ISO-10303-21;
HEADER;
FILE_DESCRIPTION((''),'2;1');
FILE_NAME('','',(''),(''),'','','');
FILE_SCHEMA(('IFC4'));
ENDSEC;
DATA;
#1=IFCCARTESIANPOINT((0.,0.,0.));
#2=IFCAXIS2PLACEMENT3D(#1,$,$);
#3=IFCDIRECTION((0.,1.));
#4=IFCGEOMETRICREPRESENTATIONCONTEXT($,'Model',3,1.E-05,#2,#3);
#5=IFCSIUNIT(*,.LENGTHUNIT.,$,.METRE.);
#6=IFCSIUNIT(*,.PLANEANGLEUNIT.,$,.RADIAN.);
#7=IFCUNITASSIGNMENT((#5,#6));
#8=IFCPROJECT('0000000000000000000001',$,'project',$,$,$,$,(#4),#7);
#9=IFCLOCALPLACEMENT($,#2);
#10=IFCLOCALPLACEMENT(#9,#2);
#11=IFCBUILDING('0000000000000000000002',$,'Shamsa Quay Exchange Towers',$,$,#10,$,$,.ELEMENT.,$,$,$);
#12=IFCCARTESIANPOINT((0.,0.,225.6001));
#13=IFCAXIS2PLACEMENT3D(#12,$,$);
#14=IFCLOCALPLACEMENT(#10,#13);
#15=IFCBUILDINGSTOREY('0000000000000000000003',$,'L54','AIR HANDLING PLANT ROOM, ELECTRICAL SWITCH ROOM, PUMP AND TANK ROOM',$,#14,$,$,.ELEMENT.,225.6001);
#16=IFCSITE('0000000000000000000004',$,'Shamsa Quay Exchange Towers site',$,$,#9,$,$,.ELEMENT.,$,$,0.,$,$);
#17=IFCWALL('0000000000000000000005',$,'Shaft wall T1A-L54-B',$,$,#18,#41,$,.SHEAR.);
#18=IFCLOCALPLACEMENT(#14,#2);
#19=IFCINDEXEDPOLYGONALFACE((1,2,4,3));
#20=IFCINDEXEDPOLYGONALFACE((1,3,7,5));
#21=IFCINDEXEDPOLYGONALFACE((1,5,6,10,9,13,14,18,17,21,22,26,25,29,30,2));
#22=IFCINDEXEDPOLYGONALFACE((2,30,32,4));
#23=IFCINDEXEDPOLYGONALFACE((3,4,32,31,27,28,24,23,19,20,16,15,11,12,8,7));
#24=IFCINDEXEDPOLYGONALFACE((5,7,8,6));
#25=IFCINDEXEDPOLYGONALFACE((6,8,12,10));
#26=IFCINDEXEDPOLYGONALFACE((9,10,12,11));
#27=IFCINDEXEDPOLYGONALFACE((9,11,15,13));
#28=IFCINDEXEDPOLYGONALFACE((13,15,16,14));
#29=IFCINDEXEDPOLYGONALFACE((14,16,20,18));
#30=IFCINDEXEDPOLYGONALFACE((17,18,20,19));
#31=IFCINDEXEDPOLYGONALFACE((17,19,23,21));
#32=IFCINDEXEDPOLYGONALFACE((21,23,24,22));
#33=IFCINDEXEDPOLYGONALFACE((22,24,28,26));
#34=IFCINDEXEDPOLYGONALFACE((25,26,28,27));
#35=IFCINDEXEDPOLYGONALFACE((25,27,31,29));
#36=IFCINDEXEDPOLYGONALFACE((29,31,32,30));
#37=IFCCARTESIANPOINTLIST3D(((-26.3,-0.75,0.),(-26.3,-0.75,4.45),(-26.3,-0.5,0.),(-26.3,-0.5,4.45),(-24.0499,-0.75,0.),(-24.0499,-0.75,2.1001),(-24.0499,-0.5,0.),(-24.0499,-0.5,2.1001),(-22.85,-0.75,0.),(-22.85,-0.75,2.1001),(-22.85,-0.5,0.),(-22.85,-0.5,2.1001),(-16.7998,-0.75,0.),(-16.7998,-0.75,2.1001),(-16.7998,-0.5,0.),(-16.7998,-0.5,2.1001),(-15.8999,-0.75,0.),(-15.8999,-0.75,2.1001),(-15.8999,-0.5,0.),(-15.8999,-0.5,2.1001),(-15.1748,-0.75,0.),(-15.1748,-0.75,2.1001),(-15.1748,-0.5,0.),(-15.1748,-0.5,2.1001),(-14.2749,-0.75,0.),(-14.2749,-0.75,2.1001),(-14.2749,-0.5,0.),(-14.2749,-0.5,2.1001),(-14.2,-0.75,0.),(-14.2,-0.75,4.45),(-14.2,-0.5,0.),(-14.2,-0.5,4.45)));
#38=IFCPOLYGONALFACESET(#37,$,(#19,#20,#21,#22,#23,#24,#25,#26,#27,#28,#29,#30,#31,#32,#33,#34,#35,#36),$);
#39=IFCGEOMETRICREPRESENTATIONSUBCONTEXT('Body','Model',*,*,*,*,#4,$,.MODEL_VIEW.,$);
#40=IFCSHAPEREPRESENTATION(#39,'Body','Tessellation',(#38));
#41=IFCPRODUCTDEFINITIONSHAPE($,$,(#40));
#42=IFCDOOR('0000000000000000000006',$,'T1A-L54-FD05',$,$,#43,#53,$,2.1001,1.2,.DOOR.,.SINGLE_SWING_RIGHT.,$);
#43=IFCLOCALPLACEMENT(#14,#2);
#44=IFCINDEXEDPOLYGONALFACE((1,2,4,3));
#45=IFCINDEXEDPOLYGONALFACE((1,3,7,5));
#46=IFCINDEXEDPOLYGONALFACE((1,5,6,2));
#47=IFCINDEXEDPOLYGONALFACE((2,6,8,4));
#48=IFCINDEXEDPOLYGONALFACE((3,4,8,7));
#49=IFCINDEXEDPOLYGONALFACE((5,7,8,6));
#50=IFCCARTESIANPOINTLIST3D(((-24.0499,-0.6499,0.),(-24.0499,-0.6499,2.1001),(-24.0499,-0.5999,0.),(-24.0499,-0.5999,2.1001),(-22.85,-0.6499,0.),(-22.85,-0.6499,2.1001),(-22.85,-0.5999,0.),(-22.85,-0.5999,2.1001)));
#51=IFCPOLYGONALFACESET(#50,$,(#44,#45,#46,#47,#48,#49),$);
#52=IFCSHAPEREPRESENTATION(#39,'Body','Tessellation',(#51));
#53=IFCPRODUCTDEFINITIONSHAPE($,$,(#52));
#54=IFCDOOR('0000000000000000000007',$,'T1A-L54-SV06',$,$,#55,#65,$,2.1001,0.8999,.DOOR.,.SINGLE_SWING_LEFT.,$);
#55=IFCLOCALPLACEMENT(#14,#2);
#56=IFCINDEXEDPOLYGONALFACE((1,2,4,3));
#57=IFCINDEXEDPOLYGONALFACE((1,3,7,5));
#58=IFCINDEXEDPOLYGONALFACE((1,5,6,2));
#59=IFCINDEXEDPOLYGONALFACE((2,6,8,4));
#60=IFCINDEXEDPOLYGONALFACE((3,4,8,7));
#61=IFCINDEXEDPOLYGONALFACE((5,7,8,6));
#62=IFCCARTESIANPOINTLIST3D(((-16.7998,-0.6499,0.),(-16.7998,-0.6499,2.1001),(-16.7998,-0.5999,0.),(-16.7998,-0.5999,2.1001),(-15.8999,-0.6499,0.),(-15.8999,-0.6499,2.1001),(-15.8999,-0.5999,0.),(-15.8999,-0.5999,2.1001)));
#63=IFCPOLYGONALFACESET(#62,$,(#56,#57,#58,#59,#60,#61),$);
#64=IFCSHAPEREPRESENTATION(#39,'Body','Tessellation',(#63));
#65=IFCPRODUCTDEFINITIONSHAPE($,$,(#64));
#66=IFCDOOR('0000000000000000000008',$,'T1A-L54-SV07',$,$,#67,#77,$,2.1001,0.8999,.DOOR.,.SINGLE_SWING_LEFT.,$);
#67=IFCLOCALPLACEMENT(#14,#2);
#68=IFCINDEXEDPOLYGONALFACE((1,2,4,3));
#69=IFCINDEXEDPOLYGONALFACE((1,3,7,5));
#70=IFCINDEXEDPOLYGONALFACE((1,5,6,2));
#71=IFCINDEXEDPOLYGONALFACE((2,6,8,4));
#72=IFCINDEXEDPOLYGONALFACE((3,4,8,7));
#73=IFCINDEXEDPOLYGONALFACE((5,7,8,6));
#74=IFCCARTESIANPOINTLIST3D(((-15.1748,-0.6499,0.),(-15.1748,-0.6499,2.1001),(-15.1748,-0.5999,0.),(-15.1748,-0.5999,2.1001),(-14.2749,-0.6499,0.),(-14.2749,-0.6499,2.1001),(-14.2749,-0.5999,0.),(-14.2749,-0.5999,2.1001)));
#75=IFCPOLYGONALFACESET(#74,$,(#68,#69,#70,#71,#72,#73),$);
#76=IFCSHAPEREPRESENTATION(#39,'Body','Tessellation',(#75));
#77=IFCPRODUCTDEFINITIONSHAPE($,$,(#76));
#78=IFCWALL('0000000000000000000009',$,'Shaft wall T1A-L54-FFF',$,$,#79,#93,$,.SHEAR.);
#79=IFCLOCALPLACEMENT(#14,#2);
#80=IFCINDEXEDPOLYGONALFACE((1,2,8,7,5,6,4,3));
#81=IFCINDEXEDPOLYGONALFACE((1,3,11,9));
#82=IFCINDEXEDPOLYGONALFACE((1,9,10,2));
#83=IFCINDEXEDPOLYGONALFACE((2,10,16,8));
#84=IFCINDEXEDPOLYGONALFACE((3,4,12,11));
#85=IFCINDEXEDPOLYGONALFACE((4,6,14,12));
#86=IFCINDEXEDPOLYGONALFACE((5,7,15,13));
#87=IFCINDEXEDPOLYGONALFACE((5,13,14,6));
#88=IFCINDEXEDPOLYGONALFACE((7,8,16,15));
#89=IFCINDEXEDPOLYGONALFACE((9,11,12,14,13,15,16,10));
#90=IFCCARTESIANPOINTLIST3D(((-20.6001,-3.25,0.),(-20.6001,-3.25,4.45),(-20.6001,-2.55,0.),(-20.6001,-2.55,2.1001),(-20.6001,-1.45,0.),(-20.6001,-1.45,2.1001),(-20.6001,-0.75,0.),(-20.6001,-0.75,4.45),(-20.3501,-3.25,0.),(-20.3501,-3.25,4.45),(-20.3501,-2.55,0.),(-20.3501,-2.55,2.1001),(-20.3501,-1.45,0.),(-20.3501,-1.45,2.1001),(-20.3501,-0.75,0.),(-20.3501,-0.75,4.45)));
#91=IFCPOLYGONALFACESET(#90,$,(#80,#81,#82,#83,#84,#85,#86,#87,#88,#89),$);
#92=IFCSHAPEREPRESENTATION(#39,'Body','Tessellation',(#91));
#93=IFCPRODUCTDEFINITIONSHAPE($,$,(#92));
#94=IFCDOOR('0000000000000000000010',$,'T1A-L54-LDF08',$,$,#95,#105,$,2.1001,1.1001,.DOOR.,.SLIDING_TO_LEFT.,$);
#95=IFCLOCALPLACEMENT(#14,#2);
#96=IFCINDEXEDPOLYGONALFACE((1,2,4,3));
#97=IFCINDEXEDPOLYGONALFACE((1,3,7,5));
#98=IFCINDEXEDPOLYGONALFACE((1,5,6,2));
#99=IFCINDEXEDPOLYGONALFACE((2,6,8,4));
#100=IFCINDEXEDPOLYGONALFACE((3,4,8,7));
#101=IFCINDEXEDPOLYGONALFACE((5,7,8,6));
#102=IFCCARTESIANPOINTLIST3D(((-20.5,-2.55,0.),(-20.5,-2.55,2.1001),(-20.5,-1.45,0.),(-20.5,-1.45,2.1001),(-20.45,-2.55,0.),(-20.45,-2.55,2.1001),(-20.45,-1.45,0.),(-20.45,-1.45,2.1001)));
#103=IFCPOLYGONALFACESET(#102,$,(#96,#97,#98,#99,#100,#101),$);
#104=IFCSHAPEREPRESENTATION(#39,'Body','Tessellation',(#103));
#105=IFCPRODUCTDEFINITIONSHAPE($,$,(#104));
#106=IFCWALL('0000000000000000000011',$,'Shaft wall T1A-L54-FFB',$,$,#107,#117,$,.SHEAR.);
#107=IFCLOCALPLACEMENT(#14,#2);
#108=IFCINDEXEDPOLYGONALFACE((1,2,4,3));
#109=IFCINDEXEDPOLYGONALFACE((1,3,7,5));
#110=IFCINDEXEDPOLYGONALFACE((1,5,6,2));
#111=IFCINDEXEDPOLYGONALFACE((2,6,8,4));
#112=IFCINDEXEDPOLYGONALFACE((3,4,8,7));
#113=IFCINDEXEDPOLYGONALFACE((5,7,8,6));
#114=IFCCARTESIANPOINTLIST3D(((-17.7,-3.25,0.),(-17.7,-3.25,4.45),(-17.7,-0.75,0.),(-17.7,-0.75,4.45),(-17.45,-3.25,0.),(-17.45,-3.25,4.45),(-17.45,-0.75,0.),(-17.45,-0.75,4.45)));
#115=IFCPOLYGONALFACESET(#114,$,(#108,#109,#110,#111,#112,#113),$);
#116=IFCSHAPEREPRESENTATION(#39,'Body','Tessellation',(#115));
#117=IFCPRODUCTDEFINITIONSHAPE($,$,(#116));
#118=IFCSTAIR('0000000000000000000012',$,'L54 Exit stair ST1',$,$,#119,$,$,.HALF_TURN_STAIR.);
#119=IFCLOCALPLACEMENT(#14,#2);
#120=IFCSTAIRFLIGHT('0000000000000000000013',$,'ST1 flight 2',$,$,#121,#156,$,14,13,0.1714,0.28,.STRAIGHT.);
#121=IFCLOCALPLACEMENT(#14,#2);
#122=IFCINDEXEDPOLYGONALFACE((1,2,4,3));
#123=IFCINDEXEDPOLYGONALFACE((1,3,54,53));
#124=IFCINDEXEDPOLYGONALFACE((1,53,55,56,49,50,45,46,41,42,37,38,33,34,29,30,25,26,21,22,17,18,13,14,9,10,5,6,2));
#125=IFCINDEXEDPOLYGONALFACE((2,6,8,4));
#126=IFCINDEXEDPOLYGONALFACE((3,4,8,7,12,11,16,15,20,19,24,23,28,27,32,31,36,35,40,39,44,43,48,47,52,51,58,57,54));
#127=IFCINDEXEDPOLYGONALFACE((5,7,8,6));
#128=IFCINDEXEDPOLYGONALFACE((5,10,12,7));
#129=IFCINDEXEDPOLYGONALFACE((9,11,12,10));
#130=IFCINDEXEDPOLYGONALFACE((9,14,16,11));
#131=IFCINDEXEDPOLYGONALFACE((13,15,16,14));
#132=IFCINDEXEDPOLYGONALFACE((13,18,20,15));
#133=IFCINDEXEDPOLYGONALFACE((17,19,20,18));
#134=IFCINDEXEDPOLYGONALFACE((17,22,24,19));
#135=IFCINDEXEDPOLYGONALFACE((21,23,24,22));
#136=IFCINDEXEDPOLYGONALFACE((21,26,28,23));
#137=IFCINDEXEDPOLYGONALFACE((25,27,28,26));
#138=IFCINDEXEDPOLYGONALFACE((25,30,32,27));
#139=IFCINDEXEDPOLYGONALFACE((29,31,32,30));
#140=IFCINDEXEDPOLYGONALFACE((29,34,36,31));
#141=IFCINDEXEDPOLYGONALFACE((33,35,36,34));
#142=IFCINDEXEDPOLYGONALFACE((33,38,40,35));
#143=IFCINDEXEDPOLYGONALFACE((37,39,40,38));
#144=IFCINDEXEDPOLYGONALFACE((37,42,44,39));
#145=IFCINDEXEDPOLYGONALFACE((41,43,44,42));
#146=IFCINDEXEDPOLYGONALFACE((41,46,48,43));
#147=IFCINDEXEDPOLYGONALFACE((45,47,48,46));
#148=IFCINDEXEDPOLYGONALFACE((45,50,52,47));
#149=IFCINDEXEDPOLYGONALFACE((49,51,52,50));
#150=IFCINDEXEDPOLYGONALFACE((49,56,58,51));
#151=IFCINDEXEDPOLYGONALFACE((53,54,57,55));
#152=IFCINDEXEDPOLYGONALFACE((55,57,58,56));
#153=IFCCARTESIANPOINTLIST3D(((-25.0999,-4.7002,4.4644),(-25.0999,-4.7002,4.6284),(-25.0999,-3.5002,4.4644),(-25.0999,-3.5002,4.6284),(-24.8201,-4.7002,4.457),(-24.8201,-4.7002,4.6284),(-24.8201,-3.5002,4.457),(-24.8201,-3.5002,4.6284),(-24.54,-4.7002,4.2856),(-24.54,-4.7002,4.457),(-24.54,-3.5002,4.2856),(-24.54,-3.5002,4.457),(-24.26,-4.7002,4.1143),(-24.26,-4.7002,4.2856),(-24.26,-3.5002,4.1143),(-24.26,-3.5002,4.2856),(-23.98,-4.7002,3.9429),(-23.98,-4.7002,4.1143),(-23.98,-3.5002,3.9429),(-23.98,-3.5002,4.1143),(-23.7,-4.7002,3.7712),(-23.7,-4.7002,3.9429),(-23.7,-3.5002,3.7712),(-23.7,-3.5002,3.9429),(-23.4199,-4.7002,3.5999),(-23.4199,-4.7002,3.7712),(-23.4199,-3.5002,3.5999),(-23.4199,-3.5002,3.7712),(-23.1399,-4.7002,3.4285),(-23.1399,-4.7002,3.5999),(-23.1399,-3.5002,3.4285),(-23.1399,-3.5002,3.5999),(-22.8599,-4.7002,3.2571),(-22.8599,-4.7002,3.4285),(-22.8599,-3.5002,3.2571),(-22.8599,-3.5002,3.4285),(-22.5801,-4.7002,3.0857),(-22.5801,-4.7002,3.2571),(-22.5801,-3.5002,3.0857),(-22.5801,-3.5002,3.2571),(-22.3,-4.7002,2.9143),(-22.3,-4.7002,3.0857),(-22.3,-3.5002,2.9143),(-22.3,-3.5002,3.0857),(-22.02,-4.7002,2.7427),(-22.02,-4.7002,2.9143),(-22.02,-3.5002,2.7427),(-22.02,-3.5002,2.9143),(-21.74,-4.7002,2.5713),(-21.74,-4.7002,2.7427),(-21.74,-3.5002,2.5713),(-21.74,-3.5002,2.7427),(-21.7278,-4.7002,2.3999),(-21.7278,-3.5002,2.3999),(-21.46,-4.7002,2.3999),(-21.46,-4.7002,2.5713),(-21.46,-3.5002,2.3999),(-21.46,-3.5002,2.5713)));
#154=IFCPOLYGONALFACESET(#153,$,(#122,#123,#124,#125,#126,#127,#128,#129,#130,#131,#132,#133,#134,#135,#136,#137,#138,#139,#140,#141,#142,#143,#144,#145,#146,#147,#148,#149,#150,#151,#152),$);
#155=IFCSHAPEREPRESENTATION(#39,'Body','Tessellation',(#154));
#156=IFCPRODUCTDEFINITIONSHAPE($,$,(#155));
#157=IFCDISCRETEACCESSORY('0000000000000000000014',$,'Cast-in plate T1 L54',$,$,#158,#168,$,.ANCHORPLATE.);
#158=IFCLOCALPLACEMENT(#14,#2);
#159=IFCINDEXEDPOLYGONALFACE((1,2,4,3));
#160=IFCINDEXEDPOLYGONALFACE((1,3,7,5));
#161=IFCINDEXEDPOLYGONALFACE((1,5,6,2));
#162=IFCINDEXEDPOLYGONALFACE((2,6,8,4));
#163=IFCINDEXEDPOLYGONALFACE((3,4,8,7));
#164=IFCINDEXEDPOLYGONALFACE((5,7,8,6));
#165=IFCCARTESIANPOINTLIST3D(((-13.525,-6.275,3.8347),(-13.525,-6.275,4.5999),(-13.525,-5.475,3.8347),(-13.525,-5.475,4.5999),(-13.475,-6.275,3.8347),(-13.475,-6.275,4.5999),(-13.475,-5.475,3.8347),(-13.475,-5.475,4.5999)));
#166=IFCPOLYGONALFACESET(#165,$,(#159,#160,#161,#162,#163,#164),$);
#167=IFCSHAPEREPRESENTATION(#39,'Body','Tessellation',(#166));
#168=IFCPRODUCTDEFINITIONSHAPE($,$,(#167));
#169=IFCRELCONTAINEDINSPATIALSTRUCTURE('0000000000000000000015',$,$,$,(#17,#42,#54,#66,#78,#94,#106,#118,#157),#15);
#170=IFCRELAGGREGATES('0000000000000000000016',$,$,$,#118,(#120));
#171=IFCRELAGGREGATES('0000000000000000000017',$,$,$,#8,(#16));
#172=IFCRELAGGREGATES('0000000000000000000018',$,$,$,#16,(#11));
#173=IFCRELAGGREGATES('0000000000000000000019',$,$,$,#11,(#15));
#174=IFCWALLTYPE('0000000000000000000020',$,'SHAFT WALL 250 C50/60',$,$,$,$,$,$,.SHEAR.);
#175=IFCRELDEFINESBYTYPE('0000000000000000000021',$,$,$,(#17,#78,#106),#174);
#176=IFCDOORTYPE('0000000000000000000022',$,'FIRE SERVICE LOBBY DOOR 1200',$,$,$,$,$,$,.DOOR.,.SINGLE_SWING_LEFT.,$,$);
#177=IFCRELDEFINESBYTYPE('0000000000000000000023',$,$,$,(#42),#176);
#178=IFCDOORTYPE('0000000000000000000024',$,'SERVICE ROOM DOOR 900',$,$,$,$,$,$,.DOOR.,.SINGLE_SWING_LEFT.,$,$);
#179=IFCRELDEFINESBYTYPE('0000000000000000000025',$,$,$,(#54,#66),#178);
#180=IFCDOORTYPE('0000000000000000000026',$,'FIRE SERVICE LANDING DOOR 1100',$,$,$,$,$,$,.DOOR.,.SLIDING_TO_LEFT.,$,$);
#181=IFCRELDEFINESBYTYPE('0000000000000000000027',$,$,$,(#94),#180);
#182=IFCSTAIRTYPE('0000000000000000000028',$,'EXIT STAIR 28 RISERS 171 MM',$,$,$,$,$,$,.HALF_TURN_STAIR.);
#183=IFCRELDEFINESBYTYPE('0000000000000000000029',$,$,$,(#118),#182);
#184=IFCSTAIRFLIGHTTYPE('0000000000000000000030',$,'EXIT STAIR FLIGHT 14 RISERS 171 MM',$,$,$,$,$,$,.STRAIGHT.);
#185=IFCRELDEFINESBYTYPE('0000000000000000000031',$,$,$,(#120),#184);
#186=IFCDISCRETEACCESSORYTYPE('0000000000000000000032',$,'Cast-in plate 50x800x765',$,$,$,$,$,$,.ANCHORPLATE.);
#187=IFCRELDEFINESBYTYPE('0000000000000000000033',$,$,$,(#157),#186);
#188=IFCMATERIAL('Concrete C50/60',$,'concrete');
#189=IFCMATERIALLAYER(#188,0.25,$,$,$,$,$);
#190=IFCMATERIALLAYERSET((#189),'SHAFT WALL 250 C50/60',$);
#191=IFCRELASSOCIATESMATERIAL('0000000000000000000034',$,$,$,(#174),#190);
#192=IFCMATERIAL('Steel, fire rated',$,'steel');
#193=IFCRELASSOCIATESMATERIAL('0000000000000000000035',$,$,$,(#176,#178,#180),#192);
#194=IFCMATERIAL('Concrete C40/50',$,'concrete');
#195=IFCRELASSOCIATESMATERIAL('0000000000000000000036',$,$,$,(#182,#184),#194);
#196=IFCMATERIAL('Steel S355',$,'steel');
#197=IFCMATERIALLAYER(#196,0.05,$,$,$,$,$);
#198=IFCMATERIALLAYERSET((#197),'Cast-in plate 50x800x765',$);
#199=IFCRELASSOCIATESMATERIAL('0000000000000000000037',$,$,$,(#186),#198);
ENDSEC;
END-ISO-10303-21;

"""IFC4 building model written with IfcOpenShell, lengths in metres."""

from ifc_helpers import new_model, si_unit, direction, frame, frame_2d, origin, origin_2d, place, context, subcontext, project, spatial, polyline, rectangle, outline, extrude, material, layer, layer_set, type_object, element, fill, aggregate, save


model = new_model("IFC4")

# Units and contexts
model_context = context("Model", 3, precision=1e-05, world=origin(), true_north=direction((0.0, 1.0)))
body_context = subcontext(model_context, "Body", "Model", "MODEL_VIEW")
ifc_project = project(units=[si_unit("LENGTHUNIT", "METRE"), si_unit("PLANEANGLEUNIT", "RADIAN")], contexts=[model_context])

# Site, building, storey
site_placement = place(None, origin())
site = spatial("IfcSite", under=ifc_project, at=site_placement, Name="Shamsa Quay Exchange Towers site", CompositionType="ELEMENT", RefElevation=0.0)
building_placement = place(site_placement, origin())
building = spatial("IfcBuilding", under=site, at=building_placement, Name="Shamsa Quay Exchange Towers", CompositionType="ELEMENT")
storey_placement = place(building_placement, frame((0.0, 0.0, 225.6001)))
storey = spatial("IfcBuildingStorey", under=building, at=storey_placement, Name="L54", Description="AIR HANDLING PLANT ROOM, ELECTRICAL SWITCH ROOM, PUMP AND TANK ROOM", CompositionType="ELEMENT", Elevation=225.6001)

# Shared definitions
ifc_material_1 = material(Name="Steel S355", Category="steel")

# Shared definitions
ifc_material_2 = material(Name="Concrete C50/60", Category="concrete")
ifc_layer_1 = layer(ifc_material_2, 0.25)
ifc_layer_set_1 = layer_set([ifc_layer_1], Name="SHAFT WALL 250 C50/60")
wall_type_1 = type_object("IfcWallType", Name="SHAFT WALL 250 C50/60", PredefinedType="SHEAR", material=ifc_layer_set_1)
ifc_material_3 = material(Name="Steel, fire rated", Category="steel")

# Wall, openings, doors
wall_1_placement = place(storey_placement, frame((-14.2, -0.625, 0.0), z_axis=(0.0, 0.0, 1.0), x_axis=(-1.0, 0.0, 0.0)))
wall_1 = element("IfcWall", 1, at=wall_1_placement, inside=storey, type_object=wall_type_1, Name="Shaft wall T1A-L54-B", PredefinedType="SHEAR", context=body_context, shape_type="SweptSolid", body=[
    extrude(rectangle(XDim=12.1001, YDim=0.25, at=frame_2d((6.05, 0.0))), origin(), (0.0, 0.0, 1.0), 4.45),
])
opening_1_placement = place(wall_1_placement, frame((8.6499, 0.0, 0.0)))
opening_1 = element("IfcOpeningElement", 2, at=opening_1_placement, cuts=wall_1, PredefinedType="OPENING", context=body_context, shape_type="SweptSolid", body=[
    extrude(rectangle(XDim=1.2, YDim=2.1001, at=frame_2d((0.6001, 1.05))), frame((0.0, 0.135, 0.0), z_axis=(0.0, -1.0, 0.0), x_axis=(1.0, 0.0, 0.0)), (0.0, 0.0, 1.0), 0.27),
])
opening_2_placement = place(wall_1_placement, frame((1.7, 0.0, 0.0)))
opening_2 = element("IfcOpeningElement", 3, at=opening_2_placement, cuts=wall_1, PredefinedType="OPENING", context=body_context, shape_type="SweptSolid", body=[
    extrude(rectangle(XDim=0.8999, YDim=2.1001, at=frame_2d((0.45, 1.05))), frame((0.0, 0.135, 0.0), z_axis=(0.0, -1.0, 0.0), x_axis=(1.0, 0.0, 0.0)), (0.0, 0.0, 1.0), 0.27),
])
opening_3_placement = place(wall_1_placement, frame((0.075, 0.0, 0.0)))
opening_3 = element("IfcOpeningElement", 4, at=opening_3_placement, cuts=wall_1, PredefinedType="OPENING", context=body_context, shape_type="SweptSolid", body=[
    extrude(rectangle(XDim=0.8999, YDim=2.1001, at=frame_2d((0.45, 1.05))), frame((0.0, 0.135, 0.0), z_axis=(0.0, -1.0, 0.0), x_axis=(1.0, 0.0, 0.0)), (0.0, 0.0, 1.0), 0.27),
])
door_type_1 = type_object("IfcDoorType", Name="FIRE SERVICE LOBBY DOOR 1200", OperationType="SINGLE_SWING_LEFT", PredefinedType="DOOR", material=ifc_material_3)
door_1_placement = place(opening_1_placement, origin())
door_1 = element("IfcDoor", 5, at=door_1_placement, inside=storey, type_object=door_type_1, Name="T1A-L54-FD05", OperationType="SINGLE_SWING_RIGHT", OverallHeight=2.1001, OverallWidth=1.2, PredefinedType="DOOR", context=body_context, shape_type="SweptSolid", body=[
    extrude(rectangle(XDim=1.2, YDim=2.1001, at=frame_2d((0.6001, 1.05))), frame((0.0, 0.0249, 0.0), z_axis=(0.0, -1.0, 0.0), x_axis=(1.0, 0.0, 0.0)), (0.0, 0.0, 1.0), 0.05),
])
fill(opening_1, door_1)
door_type_2 = type_object("IfcDoorType", Name="SERVICE ROOM DOOR 900", OperationType="SINGLE_SWING_LEFT", PredefinedType="DOOR", material=ifc_material_3)
door_2_placement = place(opening_2_placement, origin())
door_2 = element("IfcDoor", 6, at=door_2_placement, inside=storey, type_object=door_type_2, Name="T1A-L54-SV06", OperationType="SINGLE_SWING_LEFT", OverallHeight=2.1001, OverallWidth=0.8999, PredefinedType="DOOR", context=body_context, shape_type="SweptSolid", body=[
    extrude(rectangle(XDim=0.8999, YDim=2.1001, at=frame_2d((0.45, 1.05))), frame((0.0, 0.0249, 0.0), z_axis=(0.0, -1.0, 0.0), x_axis=(1.0, 0.0, 0.0)), (0.0, 0.0, 1.0), 0.05),
])
fill(opening_2, door_2)
door_3_placement = place(opening_3_placement, origin())
door_3 = element("IfcDoor", 7, at=door_3_placement, inside=storey, type_object=door_type_2, Name="T1A-L54-SV07", OperationType="SINGLE_SWING_LEFT", OverallHeight=2.1001, OverallWidth=0.8999, PredefinedType="DOOR", context=body_context, shape_type="SweptSolid", body=[
    extrude(rectangle(XDim=0.8999, YDim=2.1001, at=frame_2d((0.45, 1.05))), frame((0.0, 0.0249, 0.0), z_axis=(0.0, -1.0, 0.0), x_axis=(1.0, 0.0, 0.0)), (0.0, 0.0, 1.0), 0.05),
])
fill(opening_3, door_3)

# Wall, opening, door
wall_2_placement = place(storey_placement, frame((-20.4751, -3.25, 0.0), z_axis=(0.0, 0.0, 1.0), x_axis=(0.0, 1.0, 0.0)))
wall_2 = element("IfcWall", 8, at=wall_2_placement, inside=storey, type_object=wall_type_1, Name="Shaft wall T1A-L54-FFF", PredefinedType="SHEAR", context=body_context, shape_type="SweptSolid", body=[
    extrude(rectangle(XDim=2.5, YDim=0.25, at=frame_2d((1.25, 0.0))), origin(), (0.0, 0.0, 1.0), 4.45),
])
opening_4_placement = place(wall_2_placement, frame((0.7, 0.0, 0.0)))
opening_4 = element("IfcOpeningElement", 9, at=opening_4_placement, cuts=wall_2, PredefinedType="OPENING", context=body_context, shape_type="SweptSolid", body=[
    extrude(rectangle(XDim=1.1001, YDim=2.1001, at=frame_2d((0.55, 1.05))), frame((0.0, 0.135, 0.0), z_axis=(0.0, -1.0, 0.0), x_axis=(1.0, 0.0, 0.0)), (0.0, 0.0, 1.0), 0.27),
])
door_type_3 = type_object("IfcDoorType", Name="FIRE SERVICE LANDING DOOR 1100", OperationType="SLIDING_TO_LEFT", PredefinedType="DOOR", material=ifc_material_3)
door_4_placement = place(opening_4_placement, origin())
door_4 = element("IfcDoor", 10, at=door_4_placement, inside=storey, type_object=door_type_3, Name="T1A-L54-LDF08", OperationType="SLIDING_TO_LEFT", OverallHeight=2.1001, OverallWidth=1.1001, PredefinedType="DOOR", context=body_context, shape_type="SweptSolid", body=[
    extrude(rectangle(XDim=1.1001, YDim=2.1001, at=frame_2d((0.55, 1.05))), frame((0.0, 0.0249, 0.0), z_axis=(0.0, -1.0, 0.0), x_axis=(1.0, 0.0, 0.0)), (0.0, 0.0, 1.0), 0.05),
])
fill(opening_4, door_4)

# Wall
wall_3_placement = place(storey_placement, frame((-17.575, -3.25, 0.0), z_axis=(0.0, 0.0, 1.0), x_axis=(0.0, 1.0, 0.0)))
element("IfcWall", 11, at=wall_3_placement, inside=storey, type_object=wall_type_1, Name="Shaft wall T1A-L54-FFB", PredefinedType="SHEAR", context=body_context, shape_type="SweptSolid", body=[
    extrude(rectangle(XDim=2.5, YDim=0.25, at=frame_2d((1.25, 0.0))), origin(), (0.0, 0.0, 1.0), 4.45),
])

# Stair, stair flight
ifc_material_4 = material(Name="Concrete C40/50", Category="concrete")
stair_type = type_object("IfcStairType", Name="EXIT STAIR 28 RISERS 171 MM", PredefinedType="HALF_TURN_STAIR", material=ifc_material_4)
stair_placement = place(storey_placement, origin())
stair = element("IfcStair", 12, at=stair_placement, inside=storey, type_object=stair_type, Name="L54 Exit stair ST1", PredefinedType="HALF_TURN_STAIR")
stair_flight_type = type_object("IfcStairFlightType", Name="EXIT STAIR FLIGHT 14 RISERS 171 MM", PredefinedType="STRAIGHT", material=ifc_material_4)
stair_flight_placement = place(storey_placement, frame((-21.46, -4.1001, 2.3999), z_axis=(0.0, 0.0, 1.0), x_axis=(-1.0, 0.0, 0.0)))
stair_flight = element("IfcStairFlight", 13, at=stair_flight_placement, type_object=stair_flight_type, Name="ST1 flight 2", NumberOfRisers=14, NumberOfTreads=13, PredefinedType="STRAIGHT", RiserHeight=0.1714, TreadLength=0.28, context=body_context, shape_type="SweptSolid", body=[
    extrude(outline(polyline([(0.0, 0.0), (0.0, 0.1714), (0.28, 0.1714), (0.28, 0.3428), (0.5601, 0.3428), (0.5601, 0.5144), (0.8401, 0.5144), (0.8401, 0.6858), (1.1201, 0.6858), (1.1201, 0.8572), (1.3999, 0.8572), (1.3999, 1.0286), (1.6799, 1.0286), (1.6799, 1.2), (1.96, 1.2), (1.96, 1.3713), (2.24, 1.3713), (2.24, 1.543), (2.52, 1.543), (2.52, 1.7144), (2.8, 1.7144), (2.8, 1.8857), (3.0801, 1.8857), (3.0801, 2.0571), (3.3601, 2.0571), (3.3601, 2.2285), (3.6399, 2.2285), (3.6399, 2.3999), (3.6399, 2.0645), (0.2678, 0.0), (0.0, 0.0)])), frame((0.0, 0.6001, 0.0), z_axis=(0.0, -1.0, 0.0), x_axis=(1.0, 0.0, 0.0)), (0.0, 0.0, 1.0), 1.2),
])
aggregate(stair, [stair_flight])

# Discrete accessory
ifc_layer_2 = layer(ifc_material_1, 0.05)
ifc_layer_set_2 = layer_set([ifc_layer_2], Name="Cast-in plate 50x800x765")
discrete_accessory_type_1 = type_object("IfcDiscreteAccessoryType", Name="Cast-in plate 50x800x765", PredefinedType="ANCHORPLATE", material=ifc_layer_set_2)
for number, where, z_axis, x_axis, name in (
    (14, (-13.5, -5.875, 3.8347), (0.0, 0.0, 1.0), (-1.0, 0.0, 0.0), "Cast-in plate T1 L54"),
):
    element("IfcDiscreteAccessory", number, at=place(storey_placement, frame(where, z_axis=z_axis, x_axis=x_axis)), inside=storey, type_object=discrete_accessory_type_1, Name=name, PredefinedType="ANCHORPLATE", context=body_context, shape_type="SweptSolid", body=[
        extrude(rectangle(XDim=0.05, YDim=0.8, at=origin_2d()), origin(), (0.0, 0.0, 1.0), 0.7651),
    ])

save(model, "model.ifc")
